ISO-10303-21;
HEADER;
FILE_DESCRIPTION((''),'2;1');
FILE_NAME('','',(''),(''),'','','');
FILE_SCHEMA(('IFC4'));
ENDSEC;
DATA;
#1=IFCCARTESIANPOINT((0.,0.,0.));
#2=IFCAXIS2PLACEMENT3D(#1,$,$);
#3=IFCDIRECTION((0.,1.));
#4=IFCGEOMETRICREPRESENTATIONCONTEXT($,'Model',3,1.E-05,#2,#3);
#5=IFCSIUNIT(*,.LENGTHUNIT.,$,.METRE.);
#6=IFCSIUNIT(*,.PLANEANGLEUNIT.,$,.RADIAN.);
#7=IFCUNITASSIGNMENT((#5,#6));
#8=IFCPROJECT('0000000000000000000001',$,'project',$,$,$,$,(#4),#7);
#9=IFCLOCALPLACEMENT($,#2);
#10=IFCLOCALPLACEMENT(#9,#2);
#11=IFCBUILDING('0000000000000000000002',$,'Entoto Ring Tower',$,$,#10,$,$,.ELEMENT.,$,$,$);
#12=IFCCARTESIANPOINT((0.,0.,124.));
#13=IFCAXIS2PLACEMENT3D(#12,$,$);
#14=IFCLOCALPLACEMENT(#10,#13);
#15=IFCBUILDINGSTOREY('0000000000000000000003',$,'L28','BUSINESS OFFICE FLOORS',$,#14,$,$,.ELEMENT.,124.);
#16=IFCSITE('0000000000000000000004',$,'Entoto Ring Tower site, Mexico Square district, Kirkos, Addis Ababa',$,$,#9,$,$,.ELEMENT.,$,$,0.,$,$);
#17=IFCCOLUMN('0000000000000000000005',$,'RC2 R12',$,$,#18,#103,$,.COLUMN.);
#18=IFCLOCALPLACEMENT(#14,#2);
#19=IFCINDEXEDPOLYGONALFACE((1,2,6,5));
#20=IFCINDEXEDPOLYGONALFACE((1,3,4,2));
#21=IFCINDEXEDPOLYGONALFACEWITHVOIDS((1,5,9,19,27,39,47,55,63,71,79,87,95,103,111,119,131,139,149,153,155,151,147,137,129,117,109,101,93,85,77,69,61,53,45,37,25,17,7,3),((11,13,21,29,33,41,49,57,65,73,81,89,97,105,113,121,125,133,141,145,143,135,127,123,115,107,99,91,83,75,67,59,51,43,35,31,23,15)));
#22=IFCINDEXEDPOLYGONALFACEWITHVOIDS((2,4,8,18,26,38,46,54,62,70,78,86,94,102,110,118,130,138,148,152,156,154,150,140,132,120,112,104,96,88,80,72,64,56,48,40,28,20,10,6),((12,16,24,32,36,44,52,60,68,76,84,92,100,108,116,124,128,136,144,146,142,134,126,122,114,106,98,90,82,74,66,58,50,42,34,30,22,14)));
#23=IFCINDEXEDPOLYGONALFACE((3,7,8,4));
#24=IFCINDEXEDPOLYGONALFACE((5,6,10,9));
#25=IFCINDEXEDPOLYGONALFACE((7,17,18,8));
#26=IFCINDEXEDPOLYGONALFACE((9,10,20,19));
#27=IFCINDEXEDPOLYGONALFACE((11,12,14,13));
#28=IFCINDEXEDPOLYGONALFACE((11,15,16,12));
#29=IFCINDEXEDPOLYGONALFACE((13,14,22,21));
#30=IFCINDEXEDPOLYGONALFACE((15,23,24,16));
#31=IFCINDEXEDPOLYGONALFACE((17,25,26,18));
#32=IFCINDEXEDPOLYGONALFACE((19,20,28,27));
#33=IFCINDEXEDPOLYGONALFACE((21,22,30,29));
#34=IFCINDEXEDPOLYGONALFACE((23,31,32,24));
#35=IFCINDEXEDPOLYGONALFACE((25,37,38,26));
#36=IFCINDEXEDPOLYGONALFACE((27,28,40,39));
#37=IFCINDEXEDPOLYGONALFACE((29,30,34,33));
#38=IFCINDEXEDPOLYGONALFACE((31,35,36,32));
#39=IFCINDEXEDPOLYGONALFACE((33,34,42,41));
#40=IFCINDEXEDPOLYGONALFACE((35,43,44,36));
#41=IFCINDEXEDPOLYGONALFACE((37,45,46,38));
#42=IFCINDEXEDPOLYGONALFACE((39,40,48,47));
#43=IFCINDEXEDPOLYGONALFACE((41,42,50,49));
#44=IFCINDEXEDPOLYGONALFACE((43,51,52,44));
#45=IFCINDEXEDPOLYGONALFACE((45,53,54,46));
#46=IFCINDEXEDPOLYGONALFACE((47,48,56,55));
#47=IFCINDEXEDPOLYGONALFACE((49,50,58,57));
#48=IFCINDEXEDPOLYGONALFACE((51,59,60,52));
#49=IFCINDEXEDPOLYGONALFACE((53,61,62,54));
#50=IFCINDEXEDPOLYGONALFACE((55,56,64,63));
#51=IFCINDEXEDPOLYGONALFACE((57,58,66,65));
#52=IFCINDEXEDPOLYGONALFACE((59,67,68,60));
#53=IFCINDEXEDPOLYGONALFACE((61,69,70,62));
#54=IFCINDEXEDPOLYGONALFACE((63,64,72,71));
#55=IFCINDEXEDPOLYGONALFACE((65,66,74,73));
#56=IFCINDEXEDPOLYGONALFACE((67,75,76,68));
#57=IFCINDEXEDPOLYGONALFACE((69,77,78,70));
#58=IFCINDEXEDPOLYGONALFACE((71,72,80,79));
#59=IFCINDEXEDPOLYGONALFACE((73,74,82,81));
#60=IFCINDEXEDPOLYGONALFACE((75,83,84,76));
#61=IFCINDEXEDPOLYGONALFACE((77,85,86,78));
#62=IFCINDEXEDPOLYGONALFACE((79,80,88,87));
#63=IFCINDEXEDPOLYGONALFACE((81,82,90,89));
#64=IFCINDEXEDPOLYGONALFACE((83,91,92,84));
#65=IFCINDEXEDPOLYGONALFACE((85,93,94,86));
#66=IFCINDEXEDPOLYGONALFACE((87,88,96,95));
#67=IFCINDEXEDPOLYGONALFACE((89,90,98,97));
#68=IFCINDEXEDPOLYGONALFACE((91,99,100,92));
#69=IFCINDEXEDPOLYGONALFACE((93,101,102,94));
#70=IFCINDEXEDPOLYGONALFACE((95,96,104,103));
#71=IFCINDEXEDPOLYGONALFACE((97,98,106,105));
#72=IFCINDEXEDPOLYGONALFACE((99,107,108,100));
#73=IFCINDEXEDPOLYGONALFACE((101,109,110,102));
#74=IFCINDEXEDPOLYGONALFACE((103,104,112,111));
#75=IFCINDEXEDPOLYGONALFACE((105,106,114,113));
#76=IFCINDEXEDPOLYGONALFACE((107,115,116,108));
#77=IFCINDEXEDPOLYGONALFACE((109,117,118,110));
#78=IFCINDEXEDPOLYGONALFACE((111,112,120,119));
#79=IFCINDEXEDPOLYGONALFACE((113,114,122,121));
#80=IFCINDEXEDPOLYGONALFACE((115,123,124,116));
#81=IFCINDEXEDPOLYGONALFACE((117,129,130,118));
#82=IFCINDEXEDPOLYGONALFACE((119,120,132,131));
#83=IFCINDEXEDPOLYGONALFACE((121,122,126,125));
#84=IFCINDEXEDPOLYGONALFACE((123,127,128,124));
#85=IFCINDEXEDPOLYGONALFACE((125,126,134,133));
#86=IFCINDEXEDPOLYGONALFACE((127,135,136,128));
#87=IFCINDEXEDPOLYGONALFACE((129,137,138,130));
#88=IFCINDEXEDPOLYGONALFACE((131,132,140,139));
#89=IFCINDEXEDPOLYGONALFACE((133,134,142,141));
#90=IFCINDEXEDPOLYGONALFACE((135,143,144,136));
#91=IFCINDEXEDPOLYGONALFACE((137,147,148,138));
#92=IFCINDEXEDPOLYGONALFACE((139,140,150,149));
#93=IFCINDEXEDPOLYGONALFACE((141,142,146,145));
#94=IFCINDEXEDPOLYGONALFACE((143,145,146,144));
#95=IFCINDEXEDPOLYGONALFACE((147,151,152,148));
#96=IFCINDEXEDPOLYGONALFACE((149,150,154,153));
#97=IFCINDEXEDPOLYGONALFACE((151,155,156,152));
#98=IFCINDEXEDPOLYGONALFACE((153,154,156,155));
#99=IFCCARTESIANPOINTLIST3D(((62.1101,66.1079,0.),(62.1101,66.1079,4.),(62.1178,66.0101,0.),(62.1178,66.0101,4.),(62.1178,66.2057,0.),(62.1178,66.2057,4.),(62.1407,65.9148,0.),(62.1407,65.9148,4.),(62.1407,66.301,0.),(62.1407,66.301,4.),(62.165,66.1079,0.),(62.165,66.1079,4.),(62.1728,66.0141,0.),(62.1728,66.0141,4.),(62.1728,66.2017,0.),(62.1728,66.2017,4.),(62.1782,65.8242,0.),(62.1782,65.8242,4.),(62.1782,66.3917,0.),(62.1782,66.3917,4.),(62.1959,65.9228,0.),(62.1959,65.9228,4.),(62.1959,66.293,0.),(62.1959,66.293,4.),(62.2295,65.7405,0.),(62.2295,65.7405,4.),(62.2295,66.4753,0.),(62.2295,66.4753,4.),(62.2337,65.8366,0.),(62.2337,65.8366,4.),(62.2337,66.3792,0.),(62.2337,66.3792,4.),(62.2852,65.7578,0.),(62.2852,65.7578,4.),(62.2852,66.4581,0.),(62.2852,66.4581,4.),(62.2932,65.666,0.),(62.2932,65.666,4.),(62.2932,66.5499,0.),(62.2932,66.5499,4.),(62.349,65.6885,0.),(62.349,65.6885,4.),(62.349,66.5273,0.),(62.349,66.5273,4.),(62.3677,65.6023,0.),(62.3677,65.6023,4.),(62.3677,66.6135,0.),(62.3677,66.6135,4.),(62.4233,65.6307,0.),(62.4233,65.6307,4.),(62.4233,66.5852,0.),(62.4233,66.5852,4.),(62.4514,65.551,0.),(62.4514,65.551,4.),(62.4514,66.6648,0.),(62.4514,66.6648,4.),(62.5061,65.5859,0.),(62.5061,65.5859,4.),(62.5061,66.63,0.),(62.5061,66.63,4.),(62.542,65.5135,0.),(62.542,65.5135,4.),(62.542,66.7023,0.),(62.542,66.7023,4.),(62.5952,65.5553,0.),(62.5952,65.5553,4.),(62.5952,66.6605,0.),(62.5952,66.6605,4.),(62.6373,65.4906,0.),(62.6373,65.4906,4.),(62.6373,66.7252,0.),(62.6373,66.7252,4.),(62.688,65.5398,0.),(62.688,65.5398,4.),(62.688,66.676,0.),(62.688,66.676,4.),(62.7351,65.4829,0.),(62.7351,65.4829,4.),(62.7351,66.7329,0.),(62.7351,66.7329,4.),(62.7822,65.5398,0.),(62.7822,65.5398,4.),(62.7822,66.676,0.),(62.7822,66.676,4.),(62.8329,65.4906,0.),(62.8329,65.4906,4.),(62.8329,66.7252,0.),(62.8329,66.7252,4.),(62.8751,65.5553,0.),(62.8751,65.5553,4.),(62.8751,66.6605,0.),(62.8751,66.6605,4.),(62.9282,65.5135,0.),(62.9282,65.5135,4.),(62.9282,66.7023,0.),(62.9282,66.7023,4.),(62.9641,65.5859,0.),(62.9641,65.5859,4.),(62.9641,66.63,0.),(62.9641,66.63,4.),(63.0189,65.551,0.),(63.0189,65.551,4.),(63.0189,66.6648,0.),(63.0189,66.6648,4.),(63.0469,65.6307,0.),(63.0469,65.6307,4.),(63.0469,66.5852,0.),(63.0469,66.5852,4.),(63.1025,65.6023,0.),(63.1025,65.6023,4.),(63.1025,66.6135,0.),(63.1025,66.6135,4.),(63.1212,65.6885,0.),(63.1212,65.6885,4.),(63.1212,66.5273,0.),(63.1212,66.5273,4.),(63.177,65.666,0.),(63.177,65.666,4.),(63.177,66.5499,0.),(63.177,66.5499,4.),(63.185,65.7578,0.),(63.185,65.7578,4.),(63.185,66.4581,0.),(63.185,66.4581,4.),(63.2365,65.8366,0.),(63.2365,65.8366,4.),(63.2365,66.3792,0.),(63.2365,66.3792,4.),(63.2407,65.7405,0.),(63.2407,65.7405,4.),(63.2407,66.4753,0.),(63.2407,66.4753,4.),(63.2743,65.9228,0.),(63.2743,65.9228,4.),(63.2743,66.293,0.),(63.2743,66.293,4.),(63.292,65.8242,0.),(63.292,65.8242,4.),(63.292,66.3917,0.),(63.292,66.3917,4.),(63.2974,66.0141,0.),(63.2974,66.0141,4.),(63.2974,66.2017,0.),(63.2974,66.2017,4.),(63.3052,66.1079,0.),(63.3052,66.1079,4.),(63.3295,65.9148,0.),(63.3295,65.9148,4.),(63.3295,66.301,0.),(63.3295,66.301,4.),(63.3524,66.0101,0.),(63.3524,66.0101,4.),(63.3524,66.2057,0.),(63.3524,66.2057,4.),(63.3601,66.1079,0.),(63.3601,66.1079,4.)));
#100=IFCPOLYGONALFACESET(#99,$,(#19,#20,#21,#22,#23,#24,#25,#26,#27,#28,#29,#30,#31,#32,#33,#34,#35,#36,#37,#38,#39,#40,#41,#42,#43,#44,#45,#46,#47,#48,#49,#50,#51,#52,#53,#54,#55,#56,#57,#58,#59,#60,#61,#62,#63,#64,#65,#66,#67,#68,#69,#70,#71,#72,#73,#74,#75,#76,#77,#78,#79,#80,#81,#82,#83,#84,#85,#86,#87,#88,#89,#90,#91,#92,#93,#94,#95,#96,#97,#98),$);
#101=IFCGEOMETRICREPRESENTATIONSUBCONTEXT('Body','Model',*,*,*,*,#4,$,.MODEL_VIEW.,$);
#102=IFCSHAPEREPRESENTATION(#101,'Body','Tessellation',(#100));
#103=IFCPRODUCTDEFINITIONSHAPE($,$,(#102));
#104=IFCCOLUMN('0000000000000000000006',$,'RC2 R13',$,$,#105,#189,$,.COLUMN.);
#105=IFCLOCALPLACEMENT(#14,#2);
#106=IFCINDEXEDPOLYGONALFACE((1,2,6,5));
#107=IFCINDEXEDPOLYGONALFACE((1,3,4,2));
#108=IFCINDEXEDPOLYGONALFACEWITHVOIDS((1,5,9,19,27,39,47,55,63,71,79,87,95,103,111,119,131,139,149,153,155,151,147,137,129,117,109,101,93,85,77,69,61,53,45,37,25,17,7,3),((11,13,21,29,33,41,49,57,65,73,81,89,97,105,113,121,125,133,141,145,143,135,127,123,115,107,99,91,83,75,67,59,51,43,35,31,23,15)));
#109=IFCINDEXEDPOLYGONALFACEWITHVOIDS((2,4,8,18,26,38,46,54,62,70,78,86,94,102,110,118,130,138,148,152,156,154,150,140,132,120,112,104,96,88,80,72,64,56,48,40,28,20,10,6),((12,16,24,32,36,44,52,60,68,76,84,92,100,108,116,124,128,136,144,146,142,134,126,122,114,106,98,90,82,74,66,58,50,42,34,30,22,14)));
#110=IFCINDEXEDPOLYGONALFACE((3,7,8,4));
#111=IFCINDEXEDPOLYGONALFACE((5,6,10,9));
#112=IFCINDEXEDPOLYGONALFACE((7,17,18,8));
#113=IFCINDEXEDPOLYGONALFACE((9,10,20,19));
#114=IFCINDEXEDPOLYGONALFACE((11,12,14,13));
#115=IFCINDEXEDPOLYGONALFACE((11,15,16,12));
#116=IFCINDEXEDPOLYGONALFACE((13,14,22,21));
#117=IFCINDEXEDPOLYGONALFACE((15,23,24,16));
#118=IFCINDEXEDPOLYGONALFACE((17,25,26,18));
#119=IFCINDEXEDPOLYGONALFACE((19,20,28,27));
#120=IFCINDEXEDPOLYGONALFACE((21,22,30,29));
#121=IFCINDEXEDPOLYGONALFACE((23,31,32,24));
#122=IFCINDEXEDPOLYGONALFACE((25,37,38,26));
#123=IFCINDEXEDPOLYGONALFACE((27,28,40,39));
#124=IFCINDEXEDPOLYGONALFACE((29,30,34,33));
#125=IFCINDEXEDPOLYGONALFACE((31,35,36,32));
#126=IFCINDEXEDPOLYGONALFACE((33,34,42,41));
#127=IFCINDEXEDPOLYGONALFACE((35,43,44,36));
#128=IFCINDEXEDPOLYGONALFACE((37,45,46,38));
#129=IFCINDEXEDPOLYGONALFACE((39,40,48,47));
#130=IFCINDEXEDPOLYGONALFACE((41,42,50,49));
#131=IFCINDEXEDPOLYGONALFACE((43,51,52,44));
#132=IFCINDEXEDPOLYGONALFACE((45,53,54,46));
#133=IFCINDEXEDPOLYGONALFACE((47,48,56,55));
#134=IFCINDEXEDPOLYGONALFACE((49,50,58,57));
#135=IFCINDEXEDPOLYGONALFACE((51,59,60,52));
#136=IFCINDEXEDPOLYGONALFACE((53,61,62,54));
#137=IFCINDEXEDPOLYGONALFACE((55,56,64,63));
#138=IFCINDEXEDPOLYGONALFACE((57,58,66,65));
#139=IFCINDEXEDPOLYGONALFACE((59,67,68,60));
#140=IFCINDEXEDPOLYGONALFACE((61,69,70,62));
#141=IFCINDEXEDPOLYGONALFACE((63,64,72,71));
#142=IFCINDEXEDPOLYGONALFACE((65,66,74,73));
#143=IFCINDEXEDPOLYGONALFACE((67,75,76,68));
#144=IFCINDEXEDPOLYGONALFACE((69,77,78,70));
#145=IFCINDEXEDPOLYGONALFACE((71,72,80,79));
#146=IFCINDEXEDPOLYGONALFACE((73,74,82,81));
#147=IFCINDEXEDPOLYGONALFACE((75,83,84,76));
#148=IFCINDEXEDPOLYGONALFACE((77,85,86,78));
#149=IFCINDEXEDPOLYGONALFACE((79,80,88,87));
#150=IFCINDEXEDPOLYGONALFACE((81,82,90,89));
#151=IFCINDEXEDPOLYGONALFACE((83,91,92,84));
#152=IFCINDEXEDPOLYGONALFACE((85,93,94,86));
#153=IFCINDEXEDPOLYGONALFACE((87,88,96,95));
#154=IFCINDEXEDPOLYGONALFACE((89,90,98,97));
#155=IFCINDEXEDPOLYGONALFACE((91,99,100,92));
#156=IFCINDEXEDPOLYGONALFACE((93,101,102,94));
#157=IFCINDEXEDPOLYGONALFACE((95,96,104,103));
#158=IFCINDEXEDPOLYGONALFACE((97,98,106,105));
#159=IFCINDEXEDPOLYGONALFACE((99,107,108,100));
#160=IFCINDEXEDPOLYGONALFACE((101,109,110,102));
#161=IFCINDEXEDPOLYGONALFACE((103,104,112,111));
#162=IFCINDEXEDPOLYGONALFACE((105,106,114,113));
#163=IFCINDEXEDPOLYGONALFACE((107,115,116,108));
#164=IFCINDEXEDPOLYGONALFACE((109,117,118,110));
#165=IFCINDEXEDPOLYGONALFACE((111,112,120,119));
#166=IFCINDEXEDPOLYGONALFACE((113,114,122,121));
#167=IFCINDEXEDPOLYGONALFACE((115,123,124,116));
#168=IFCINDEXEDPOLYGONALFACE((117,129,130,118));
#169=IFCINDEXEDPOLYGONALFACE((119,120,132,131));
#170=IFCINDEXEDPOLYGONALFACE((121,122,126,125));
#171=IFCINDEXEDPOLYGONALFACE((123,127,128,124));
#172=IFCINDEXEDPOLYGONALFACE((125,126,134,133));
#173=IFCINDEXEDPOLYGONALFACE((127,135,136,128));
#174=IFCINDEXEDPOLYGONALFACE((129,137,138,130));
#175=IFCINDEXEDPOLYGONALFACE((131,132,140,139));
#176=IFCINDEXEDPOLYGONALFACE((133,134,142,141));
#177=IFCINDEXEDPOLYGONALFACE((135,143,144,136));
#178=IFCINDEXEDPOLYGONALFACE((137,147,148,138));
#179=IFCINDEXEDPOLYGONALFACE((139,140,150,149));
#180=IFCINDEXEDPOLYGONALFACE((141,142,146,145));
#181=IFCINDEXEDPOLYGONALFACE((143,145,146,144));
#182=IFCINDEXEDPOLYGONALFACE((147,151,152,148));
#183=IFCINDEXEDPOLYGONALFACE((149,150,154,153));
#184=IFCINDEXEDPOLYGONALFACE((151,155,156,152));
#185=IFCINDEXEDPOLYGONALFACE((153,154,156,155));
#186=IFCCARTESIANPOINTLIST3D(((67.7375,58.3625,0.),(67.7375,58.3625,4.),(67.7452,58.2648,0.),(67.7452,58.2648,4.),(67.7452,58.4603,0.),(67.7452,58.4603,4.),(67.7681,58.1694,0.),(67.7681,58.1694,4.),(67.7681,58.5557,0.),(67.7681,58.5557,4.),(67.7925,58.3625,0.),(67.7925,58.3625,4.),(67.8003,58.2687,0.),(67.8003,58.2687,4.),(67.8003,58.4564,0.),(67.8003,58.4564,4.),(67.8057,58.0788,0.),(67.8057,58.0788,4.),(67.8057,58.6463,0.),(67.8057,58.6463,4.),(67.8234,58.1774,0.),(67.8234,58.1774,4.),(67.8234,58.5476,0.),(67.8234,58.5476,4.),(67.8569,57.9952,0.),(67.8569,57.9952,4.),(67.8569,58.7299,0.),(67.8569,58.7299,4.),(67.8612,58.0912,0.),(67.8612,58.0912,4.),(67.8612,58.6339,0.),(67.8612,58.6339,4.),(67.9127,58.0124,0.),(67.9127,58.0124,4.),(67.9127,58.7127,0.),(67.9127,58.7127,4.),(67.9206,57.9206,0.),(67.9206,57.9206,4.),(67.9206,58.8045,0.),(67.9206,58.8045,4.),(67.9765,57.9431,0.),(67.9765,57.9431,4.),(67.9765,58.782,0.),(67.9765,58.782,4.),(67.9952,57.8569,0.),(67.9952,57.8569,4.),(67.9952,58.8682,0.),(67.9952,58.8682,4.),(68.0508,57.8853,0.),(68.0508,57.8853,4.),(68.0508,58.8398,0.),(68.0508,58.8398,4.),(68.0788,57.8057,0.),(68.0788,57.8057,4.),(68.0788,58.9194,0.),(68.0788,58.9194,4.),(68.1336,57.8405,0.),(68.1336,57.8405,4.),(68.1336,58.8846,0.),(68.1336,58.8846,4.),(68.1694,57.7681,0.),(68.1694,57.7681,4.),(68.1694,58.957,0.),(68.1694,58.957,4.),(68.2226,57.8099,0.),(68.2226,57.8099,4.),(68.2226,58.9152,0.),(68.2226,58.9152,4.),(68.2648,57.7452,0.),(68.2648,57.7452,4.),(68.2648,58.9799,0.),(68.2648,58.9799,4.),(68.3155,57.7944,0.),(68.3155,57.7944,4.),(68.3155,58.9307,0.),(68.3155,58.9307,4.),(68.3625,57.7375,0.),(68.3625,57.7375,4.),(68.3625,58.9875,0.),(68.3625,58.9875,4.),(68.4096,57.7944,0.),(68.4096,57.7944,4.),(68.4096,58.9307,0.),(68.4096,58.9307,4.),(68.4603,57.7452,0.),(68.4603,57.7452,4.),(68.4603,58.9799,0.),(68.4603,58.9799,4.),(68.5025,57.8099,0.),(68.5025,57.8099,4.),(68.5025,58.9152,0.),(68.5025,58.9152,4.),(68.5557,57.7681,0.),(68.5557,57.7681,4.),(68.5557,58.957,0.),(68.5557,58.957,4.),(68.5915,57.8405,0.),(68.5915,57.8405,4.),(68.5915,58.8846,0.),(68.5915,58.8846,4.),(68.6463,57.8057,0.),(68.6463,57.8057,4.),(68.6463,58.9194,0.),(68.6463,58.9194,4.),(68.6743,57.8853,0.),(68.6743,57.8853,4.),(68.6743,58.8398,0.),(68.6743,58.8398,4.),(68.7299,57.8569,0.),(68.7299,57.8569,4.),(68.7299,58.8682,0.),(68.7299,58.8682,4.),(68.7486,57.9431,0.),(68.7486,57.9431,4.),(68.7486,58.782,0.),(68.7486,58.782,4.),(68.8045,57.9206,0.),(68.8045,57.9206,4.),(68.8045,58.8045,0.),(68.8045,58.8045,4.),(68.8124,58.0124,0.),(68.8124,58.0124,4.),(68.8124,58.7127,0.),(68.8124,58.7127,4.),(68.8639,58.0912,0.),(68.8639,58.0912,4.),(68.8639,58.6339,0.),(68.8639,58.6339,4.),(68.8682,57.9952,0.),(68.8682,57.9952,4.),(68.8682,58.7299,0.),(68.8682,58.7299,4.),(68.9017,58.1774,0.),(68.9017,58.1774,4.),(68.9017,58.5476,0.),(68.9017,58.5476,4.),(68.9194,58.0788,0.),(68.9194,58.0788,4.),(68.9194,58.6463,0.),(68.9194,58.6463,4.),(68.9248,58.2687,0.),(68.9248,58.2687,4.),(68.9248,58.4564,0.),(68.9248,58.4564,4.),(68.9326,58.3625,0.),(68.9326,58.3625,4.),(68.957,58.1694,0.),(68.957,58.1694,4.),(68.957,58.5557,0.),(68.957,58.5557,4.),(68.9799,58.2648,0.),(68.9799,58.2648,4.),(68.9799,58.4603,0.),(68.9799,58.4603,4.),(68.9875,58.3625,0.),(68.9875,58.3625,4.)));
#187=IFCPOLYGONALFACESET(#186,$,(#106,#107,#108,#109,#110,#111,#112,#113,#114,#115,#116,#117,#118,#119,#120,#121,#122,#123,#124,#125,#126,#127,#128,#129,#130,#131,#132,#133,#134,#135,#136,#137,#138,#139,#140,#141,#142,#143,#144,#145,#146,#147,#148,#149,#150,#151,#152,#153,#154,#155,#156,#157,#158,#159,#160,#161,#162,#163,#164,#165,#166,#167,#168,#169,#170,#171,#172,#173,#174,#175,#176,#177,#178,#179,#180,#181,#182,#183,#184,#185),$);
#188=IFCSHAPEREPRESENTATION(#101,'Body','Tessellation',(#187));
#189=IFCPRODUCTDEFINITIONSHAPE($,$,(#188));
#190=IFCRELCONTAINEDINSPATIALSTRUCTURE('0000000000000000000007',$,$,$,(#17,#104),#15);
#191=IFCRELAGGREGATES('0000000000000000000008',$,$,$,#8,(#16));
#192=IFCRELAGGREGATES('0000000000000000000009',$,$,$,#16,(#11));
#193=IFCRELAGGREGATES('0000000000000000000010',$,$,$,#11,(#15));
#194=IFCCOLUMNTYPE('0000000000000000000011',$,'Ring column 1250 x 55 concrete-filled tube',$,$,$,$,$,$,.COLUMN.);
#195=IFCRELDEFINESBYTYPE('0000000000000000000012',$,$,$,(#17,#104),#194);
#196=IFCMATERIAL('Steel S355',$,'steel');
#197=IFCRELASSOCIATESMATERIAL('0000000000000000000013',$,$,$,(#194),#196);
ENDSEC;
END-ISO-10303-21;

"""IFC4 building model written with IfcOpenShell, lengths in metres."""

from ifc_helpers import new_model, si_unit, direction, frame, origin, origin_2d, place, context, subcontext, project, spatial, circle, hollow_circle, extrude, material, material_profile, profile_set, type_object, element, save


model = new_model("IFC4")

# Units and contexts
model_context = context("Model", 3, precision=1e-05, world=origin(), true_north=direction((0.0, 1.0)))
body_context = subcontext(model_context, "Body", "Model", "MODEL_VIEW")
ifc_project = project(units=[si_unit("LENGTHUNIT", "METRE"), si_unit("PLANEANGLEUNIT", "RADIAN")], contexts=[model_context])

# Site, building, storey
site_placement = place(None, origin())
site = spatial("IfcSite", under=ifc_project, at=site_placement, Name="Entoto Ring Tower site, Mexico Square district, Kirkos, Addis Ababa", CompositionType="ELEMENT", RefElevation=0.0)
building_placement = place(site_placement, origin())
building = spatial("IfcBuilding", under=site, at=building_placement, Name="Entoto Ring Tower", CompositionType="ELEMENT")
storey_placement = place(building_placement, frame((0.0, 0.0, 124.0)))
storey = spatial("IfcBuildingStorey", under=building, at=storey_placement, Name="L28", Description="BUSINESS OFFICE FLOORS", CompositionType="ELEMENT", Elevation=124.0)

# Columns
ifc_material_1 = material(Name="Steel S355", Category="steel")
ifc_material_profile_1 = material_profile(ifc_material_1, hollow_circle(Radius=0.625, WallThickness=0.0549, at=origin_2d()), Name="CHS 1250 x 55")
ifc_material_2 = material(Name="Concrete C60/75", Category="concrete")
ifc_material_profile_2 = material_profile(ifc_material_2, circle(Radius=0.5701, at=origin_2d()), Name="Concrete C60/75 infill")
ifc_profile_set_1 = profile_set([ifc_material_profile_1, ifc_material_profile_2], Name="Steel S355")
column_type = type_object("IfcColumnType", Name="Ring column 1250 x 55 concrete-filled tube", PredefinedType="COLUMN", material=ifc_profile_set_1)
for number, where, z_axis, x_axis, name in (
    (1, (62.7351, 66.1079, 0.0), (0.0, 0.0, 1.0), (1.0, 0.0, 0.0), "RC2 R12"),
    (2, (68.3625, 58.3625, 0.0), (0.0, 0.0, 1.0), (1.0, 0.0, 0.0), "RC2 R13"),
):
    element("IfcColumn", number, at=place(storey_placement, frame(where, z_axis=z_axis, x_axis=x_axis)), inside=storey, type_object=column_type, Name=name, PredefinedType="COLUMN", context=body_context, shape_type="SweptSolid", body=[
        extrude(hollow_circle(Radius=0.625, WallThickness=0.0549, at=origin_2d()), origin(), (0.0, 0.0, 1.0), 4.0),
    ])

save(model, "model.ifc")
